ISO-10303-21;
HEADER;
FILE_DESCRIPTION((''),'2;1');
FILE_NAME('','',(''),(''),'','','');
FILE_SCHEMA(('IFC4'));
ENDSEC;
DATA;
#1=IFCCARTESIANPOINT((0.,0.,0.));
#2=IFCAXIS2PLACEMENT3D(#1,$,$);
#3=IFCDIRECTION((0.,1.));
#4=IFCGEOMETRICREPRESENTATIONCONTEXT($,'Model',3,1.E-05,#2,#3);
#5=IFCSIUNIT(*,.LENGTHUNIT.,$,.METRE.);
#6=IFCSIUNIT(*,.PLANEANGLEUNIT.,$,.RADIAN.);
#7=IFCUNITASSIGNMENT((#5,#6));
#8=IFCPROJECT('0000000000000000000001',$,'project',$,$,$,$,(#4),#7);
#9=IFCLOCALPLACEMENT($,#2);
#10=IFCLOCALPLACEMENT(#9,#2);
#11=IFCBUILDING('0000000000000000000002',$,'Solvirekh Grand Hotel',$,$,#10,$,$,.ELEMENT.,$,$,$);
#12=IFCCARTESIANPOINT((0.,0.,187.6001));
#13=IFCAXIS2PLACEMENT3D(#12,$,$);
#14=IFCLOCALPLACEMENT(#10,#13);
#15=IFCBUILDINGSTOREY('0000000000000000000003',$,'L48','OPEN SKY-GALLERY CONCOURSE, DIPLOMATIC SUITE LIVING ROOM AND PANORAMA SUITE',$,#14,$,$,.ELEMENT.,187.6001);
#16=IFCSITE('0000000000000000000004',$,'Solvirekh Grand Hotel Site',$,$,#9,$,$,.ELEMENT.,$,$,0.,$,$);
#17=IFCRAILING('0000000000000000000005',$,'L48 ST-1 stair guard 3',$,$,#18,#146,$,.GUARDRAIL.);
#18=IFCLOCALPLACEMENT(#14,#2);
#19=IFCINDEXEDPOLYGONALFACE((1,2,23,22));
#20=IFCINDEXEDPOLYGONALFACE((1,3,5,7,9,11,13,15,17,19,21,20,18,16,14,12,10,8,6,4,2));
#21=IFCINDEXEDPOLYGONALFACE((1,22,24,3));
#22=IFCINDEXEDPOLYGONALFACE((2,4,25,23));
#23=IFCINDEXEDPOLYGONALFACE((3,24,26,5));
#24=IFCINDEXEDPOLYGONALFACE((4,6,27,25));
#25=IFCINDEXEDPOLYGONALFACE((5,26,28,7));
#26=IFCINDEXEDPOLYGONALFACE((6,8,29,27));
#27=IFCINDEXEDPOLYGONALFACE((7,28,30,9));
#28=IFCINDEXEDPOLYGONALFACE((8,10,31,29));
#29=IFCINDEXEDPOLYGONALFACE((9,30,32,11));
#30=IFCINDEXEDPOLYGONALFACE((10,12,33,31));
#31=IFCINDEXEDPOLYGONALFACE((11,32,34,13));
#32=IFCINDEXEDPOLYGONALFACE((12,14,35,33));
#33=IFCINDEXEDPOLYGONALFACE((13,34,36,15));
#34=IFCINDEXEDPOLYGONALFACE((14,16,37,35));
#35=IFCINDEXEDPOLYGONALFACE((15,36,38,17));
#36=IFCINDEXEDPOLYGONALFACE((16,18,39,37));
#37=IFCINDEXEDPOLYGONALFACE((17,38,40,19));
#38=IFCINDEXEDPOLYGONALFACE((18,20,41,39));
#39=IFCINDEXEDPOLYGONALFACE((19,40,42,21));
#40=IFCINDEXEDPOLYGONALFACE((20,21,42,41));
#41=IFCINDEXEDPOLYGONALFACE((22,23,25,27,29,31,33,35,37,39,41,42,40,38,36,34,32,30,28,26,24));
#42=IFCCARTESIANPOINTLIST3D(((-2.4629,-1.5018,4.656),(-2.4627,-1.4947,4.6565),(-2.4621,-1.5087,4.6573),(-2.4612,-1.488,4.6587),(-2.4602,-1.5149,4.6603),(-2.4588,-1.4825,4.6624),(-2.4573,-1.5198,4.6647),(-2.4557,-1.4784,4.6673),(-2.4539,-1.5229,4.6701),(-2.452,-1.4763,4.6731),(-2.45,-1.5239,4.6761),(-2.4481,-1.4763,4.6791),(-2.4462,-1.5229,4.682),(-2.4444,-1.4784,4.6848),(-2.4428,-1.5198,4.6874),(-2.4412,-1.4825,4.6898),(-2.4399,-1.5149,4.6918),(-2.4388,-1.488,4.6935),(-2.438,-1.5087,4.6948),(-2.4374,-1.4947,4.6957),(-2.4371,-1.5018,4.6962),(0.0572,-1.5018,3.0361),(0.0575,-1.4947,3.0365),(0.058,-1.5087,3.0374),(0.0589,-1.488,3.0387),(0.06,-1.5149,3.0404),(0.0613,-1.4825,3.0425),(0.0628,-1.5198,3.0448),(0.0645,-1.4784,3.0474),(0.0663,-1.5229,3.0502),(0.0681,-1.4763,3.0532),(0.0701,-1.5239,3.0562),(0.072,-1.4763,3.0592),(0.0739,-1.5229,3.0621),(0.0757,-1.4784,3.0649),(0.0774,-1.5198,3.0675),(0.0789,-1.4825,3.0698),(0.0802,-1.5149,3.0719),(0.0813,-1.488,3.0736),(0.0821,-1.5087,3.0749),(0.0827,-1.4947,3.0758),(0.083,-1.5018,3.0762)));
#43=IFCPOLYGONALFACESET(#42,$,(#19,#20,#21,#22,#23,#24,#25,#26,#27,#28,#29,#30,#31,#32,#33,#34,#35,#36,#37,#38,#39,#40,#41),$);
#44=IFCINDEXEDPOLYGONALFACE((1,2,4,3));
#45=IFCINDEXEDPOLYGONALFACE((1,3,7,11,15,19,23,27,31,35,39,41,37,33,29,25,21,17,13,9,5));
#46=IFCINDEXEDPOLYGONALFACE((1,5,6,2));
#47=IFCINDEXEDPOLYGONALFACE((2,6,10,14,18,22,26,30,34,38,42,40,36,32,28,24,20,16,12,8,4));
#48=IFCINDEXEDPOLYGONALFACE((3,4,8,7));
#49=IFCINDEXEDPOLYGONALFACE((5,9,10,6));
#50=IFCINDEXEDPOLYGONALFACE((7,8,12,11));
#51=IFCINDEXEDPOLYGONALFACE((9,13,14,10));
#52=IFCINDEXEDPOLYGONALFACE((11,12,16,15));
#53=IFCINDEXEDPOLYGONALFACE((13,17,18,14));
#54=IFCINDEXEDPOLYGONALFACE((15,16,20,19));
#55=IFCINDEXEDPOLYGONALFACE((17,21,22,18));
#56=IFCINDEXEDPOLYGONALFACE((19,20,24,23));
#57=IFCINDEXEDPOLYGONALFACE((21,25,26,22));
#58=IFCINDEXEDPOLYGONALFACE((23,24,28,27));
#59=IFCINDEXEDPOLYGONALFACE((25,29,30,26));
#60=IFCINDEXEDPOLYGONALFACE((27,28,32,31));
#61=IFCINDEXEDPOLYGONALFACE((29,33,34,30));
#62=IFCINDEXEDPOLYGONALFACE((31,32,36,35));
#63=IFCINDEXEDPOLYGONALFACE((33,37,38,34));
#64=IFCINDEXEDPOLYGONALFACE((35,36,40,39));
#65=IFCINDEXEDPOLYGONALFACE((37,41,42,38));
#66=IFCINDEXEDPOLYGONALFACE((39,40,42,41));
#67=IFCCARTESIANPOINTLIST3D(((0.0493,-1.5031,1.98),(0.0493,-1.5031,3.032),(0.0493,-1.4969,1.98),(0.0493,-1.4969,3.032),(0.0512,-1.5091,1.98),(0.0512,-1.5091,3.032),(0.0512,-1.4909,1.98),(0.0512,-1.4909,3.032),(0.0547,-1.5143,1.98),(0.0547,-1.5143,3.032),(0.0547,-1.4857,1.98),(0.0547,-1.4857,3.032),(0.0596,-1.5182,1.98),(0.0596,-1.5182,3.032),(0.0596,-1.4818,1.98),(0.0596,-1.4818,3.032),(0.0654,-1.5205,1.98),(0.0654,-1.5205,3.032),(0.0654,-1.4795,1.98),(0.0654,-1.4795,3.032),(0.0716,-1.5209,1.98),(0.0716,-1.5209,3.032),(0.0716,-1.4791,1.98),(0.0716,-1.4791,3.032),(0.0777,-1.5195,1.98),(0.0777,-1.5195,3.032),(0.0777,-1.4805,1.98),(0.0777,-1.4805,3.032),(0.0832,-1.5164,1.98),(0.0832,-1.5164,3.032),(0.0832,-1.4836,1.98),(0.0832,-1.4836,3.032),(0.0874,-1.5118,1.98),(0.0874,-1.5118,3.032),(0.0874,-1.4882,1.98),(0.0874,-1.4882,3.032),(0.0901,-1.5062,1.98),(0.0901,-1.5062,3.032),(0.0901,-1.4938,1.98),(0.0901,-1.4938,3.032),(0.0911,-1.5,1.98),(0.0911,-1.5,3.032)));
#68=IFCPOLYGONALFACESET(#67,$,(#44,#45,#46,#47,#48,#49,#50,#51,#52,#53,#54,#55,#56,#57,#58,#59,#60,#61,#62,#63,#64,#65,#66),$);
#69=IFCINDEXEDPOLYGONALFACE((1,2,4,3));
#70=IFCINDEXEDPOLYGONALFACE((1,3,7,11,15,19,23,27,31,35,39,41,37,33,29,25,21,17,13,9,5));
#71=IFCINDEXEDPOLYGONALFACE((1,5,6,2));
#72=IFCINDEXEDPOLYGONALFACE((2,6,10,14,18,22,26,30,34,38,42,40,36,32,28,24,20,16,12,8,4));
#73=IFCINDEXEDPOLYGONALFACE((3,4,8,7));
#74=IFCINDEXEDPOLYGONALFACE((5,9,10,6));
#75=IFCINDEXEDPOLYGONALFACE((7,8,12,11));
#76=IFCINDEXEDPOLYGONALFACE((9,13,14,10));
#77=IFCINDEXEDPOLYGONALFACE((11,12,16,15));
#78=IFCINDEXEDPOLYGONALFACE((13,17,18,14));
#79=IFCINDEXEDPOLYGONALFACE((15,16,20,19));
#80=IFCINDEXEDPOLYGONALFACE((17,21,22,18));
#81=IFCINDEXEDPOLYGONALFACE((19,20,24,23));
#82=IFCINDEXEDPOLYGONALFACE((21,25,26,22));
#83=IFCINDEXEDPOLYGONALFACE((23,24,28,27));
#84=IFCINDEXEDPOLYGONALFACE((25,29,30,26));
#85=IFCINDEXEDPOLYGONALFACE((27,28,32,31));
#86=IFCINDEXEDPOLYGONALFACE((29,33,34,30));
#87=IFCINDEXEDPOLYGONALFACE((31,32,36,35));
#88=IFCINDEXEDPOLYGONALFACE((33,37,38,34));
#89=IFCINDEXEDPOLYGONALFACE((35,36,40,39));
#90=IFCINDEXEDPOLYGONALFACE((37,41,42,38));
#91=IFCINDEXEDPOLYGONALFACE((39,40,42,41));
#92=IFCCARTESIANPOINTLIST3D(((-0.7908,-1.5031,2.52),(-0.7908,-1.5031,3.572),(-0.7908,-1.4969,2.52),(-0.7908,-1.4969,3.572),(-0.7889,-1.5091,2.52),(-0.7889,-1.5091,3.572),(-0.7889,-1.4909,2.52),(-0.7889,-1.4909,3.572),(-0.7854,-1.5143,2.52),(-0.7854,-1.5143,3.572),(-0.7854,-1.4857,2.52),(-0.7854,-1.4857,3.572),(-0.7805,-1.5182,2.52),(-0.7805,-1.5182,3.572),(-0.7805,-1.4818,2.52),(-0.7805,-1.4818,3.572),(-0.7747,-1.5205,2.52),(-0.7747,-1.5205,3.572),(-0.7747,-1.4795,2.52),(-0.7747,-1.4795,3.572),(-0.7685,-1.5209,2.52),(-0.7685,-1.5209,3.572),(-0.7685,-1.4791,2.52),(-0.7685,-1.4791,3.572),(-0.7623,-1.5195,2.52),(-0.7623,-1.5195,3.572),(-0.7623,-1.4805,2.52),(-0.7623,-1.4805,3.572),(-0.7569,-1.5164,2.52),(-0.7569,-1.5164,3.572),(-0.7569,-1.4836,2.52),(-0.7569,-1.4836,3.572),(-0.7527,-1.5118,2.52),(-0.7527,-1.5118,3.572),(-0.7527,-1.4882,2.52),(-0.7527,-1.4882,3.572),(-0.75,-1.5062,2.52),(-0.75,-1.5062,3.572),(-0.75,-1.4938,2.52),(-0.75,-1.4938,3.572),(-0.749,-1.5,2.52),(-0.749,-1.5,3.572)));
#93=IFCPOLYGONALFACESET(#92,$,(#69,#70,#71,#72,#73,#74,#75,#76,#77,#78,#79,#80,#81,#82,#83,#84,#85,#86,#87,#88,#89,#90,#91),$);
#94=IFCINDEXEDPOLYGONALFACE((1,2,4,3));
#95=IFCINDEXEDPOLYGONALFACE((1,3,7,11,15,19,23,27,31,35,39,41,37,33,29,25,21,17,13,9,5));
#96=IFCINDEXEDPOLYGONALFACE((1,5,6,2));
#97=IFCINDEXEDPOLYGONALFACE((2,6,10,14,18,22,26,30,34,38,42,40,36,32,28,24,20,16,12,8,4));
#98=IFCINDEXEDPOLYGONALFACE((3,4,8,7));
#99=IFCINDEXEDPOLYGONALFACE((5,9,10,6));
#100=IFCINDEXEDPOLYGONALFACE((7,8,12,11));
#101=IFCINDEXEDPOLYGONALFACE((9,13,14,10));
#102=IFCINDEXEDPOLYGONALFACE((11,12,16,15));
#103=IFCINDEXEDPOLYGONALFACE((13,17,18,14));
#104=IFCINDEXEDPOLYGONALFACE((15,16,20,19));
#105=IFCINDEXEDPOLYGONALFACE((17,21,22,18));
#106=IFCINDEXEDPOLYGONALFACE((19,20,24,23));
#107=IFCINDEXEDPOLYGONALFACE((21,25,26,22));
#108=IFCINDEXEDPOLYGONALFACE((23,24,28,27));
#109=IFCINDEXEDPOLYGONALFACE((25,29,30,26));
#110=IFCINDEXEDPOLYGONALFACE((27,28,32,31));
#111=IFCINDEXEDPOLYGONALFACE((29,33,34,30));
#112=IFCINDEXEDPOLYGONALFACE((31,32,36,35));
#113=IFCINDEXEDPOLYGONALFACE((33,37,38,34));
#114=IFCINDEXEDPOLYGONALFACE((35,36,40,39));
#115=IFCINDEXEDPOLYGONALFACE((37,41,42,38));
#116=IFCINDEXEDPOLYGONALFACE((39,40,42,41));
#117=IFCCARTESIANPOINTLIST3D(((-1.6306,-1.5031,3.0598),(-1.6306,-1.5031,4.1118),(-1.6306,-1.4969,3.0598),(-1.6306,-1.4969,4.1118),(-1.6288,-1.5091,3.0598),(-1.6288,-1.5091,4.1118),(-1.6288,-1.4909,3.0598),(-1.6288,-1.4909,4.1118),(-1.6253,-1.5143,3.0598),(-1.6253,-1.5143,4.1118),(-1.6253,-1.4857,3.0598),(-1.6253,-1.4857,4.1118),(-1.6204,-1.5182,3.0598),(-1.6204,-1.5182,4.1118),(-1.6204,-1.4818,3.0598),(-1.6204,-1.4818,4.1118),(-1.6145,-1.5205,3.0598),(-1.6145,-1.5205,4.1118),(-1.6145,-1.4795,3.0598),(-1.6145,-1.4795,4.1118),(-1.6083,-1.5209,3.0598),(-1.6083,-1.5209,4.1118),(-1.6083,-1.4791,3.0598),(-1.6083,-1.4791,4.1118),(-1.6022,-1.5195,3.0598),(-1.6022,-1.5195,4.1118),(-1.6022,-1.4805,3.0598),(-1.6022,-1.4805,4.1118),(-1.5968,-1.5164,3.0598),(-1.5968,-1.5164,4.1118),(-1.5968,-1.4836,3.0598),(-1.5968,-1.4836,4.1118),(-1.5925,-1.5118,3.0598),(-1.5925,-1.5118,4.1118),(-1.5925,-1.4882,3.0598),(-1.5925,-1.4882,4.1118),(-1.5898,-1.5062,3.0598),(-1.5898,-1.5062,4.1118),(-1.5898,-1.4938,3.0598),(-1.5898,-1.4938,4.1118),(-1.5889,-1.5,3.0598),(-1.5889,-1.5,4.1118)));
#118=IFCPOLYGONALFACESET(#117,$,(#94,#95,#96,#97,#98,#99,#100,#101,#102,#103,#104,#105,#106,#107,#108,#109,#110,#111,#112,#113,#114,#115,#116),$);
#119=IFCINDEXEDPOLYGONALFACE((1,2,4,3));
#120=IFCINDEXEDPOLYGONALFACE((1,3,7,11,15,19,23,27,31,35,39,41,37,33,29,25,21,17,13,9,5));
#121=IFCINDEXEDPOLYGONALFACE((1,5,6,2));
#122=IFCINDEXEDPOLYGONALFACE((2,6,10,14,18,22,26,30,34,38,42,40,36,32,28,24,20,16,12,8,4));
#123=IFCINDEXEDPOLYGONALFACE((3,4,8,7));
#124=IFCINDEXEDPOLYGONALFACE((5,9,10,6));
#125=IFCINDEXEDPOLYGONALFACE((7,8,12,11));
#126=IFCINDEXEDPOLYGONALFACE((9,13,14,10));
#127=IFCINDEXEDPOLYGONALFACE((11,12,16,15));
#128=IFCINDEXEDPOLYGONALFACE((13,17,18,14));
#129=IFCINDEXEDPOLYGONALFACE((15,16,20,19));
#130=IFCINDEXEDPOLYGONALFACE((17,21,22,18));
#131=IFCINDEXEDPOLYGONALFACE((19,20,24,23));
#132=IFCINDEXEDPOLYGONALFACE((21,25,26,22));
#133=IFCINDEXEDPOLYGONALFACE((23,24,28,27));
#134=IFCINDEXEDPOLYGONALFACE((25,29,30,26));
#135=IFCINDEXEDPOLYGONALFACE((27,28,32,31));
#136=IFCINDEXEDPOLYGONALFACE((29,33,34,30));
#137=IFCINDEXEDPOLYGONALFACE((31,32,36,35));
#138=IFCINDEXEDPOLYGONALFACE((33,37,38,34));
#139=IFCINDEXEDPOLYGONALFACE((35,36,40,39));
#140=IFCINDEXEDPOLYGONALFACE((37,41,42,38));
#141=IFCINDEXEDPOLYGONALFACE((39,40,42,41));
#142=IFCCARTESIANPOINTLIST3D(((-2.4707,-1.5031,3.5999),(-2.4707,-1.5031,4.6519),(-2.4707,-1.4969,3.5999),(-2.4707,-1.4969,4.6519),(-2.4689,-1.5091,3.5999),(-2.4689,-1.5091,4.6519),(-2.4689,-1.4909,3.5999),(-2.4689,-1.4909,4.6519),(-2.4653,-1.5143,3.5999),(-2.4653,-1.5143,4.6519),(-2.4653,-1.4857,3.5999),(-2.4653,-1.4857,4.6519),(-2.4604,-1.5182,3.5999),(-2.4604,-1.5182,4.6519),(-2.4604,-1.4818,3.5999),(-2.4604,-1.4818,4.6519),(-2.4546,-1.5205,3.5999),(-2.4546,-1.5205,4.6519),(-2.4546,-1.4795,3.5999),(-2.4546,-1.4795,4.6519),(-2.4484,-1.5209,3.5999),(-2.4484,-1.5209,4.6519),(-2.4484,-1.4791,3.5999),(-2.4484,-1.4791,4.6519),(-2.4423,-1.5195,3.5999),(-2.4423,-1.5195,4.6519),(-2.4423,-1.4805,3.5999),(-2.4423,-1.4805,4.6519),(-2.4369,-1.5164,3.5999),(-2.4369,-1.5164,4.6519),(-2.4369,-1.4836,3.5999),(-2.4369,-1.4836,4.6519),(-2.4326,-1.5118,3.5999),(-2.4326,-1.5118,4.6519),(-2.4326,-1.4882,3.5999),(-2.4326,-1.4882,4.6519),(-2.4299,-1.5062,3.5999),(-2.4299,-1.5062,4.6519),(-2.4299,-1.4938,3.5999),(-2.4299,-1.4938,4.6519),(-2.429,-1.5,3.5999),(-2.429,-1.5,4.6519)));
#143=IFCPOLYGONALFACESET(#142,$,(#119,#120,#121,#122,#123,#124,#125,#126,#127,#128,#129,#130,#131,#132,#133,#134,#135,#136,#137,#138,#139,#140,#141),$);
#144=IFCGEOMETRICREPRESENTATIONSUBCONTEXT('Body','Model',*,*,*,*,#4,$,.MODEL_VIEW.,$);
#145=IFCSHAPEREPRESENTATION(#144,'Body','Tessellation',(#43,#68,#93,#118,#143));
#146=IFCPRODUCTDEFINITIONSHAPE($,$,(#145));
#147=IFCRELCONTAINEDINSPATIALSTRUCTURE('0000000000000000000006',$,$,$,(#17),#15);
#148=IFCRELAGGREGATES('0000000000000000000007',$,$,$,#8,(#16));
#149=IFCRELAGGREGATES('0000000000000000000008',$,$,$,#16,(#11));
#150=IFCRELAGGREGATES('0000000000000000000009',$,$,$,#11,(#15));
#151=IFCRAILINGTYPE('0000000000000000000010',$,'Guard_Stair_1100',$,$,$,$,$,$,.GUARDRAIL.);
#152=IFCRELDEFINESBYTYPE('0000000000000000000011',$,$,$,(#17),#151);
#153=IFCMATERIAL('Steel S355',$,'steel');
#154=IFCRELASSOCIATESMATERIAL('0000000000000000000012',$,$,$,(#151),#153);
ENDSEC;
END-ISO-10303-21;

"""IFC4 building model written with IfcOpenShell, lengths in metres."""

from ifc_helpers import new_model, si_unit, direction, frame, origin, origin_2d, place, context, subcontext, project, spatial, circle, extrude, material, type_object, element, save


model = new_model("IFC4")

# Units and contexts
model_context = context("Model", 3, precision=1e-05, world=origin(), true_north=direction((0.0, 1.0)))
body_context = subcontext(model_context, "Body", "Model", "MODEL_VIEW")
ifc_project = project(units=[si_unit("LENGTHUNIT", "METRE"), si_unit("PLANEANGLEUNIT", "RADIAN")], contexts=[model_context])

# Site, building, storey
site_placement = place(None, origin())
site = spatial("IfcSite", under=ifc_project, at=site_placement, Name="Solvirekh Grand Hotel Site", CompositionType="ELEMENT", RefElevation=0.0)
building_placement = place(site_placement, origin())
building = spatial("IfcBuilding", under=site, at=building_placement, Name="Solvirekh Grand Hotel", CompositionType="ELEMENT")
storey_placement = place(building_placement, frame((0.0, 0.0, 187.6001)))
storey = spatial("IfcBuildingStorey", under=building, at=storey_placement, Name="L48", Description="OPEN SKY-GALLERY CONCOURSE, DIPLOMATIC SUITE LIVING ROOM AND PANORAMA SUITE", CompositionType="ELEMENT", Elevation=187.6001)

# Railing
ifc_material_1 = material(Name="Steel S355", Category="steel")
railing_type_1 = type_object("IfcRailingType", Name="Guard_Stair_1100", PredefinedType="GUARDRAIL", material=ifc_material_1)
railing_1_placement = place(storey_placement, frame((0.0701, -1.5, 1.98)))
element("IfcRailing", 1, at=railing_1_placement, inside=storey, type_object=railing_type_1, Name="L48 ST-1 stair guard 3", PredefinedType="GUARDRAIL", context=body_context, shape_type="SweptSolid", body=[
    extrude(circle(Radius=0.0239, at=origin_2d()), frame((0.0, 0.0, 1.0762), z_axis=(-0.8412, 0.0, 0.540725), x_axis=(0.0, -1.0, 0.0)), (0.0, 0.0, 1.0), 2.9958),
    extrude(circle(Radius=0.021, at=origin_2d()), origin(), (0.0, 0.0, 1.0), 1.052),
    extrude(circle(Radius=0.021, at=origin_2d()), frame((-0.8401, 0.0, 0.54)), (0.0, 0.0, 1.0), 1.052),
    extrude(circle(Radius=0.021, at=origin_2d()), frame((-1.6799, 0.0, 1.0798)), (0.0, 0.0, 1.0), 1.052),
    extrude(circle(Radius=0.021, at=origin_2d()), frame((-2.52, 0.0, 1.6199)), (0.0, 0.0, 1.0), 1.052),
])

save(model, "model.ifc")
